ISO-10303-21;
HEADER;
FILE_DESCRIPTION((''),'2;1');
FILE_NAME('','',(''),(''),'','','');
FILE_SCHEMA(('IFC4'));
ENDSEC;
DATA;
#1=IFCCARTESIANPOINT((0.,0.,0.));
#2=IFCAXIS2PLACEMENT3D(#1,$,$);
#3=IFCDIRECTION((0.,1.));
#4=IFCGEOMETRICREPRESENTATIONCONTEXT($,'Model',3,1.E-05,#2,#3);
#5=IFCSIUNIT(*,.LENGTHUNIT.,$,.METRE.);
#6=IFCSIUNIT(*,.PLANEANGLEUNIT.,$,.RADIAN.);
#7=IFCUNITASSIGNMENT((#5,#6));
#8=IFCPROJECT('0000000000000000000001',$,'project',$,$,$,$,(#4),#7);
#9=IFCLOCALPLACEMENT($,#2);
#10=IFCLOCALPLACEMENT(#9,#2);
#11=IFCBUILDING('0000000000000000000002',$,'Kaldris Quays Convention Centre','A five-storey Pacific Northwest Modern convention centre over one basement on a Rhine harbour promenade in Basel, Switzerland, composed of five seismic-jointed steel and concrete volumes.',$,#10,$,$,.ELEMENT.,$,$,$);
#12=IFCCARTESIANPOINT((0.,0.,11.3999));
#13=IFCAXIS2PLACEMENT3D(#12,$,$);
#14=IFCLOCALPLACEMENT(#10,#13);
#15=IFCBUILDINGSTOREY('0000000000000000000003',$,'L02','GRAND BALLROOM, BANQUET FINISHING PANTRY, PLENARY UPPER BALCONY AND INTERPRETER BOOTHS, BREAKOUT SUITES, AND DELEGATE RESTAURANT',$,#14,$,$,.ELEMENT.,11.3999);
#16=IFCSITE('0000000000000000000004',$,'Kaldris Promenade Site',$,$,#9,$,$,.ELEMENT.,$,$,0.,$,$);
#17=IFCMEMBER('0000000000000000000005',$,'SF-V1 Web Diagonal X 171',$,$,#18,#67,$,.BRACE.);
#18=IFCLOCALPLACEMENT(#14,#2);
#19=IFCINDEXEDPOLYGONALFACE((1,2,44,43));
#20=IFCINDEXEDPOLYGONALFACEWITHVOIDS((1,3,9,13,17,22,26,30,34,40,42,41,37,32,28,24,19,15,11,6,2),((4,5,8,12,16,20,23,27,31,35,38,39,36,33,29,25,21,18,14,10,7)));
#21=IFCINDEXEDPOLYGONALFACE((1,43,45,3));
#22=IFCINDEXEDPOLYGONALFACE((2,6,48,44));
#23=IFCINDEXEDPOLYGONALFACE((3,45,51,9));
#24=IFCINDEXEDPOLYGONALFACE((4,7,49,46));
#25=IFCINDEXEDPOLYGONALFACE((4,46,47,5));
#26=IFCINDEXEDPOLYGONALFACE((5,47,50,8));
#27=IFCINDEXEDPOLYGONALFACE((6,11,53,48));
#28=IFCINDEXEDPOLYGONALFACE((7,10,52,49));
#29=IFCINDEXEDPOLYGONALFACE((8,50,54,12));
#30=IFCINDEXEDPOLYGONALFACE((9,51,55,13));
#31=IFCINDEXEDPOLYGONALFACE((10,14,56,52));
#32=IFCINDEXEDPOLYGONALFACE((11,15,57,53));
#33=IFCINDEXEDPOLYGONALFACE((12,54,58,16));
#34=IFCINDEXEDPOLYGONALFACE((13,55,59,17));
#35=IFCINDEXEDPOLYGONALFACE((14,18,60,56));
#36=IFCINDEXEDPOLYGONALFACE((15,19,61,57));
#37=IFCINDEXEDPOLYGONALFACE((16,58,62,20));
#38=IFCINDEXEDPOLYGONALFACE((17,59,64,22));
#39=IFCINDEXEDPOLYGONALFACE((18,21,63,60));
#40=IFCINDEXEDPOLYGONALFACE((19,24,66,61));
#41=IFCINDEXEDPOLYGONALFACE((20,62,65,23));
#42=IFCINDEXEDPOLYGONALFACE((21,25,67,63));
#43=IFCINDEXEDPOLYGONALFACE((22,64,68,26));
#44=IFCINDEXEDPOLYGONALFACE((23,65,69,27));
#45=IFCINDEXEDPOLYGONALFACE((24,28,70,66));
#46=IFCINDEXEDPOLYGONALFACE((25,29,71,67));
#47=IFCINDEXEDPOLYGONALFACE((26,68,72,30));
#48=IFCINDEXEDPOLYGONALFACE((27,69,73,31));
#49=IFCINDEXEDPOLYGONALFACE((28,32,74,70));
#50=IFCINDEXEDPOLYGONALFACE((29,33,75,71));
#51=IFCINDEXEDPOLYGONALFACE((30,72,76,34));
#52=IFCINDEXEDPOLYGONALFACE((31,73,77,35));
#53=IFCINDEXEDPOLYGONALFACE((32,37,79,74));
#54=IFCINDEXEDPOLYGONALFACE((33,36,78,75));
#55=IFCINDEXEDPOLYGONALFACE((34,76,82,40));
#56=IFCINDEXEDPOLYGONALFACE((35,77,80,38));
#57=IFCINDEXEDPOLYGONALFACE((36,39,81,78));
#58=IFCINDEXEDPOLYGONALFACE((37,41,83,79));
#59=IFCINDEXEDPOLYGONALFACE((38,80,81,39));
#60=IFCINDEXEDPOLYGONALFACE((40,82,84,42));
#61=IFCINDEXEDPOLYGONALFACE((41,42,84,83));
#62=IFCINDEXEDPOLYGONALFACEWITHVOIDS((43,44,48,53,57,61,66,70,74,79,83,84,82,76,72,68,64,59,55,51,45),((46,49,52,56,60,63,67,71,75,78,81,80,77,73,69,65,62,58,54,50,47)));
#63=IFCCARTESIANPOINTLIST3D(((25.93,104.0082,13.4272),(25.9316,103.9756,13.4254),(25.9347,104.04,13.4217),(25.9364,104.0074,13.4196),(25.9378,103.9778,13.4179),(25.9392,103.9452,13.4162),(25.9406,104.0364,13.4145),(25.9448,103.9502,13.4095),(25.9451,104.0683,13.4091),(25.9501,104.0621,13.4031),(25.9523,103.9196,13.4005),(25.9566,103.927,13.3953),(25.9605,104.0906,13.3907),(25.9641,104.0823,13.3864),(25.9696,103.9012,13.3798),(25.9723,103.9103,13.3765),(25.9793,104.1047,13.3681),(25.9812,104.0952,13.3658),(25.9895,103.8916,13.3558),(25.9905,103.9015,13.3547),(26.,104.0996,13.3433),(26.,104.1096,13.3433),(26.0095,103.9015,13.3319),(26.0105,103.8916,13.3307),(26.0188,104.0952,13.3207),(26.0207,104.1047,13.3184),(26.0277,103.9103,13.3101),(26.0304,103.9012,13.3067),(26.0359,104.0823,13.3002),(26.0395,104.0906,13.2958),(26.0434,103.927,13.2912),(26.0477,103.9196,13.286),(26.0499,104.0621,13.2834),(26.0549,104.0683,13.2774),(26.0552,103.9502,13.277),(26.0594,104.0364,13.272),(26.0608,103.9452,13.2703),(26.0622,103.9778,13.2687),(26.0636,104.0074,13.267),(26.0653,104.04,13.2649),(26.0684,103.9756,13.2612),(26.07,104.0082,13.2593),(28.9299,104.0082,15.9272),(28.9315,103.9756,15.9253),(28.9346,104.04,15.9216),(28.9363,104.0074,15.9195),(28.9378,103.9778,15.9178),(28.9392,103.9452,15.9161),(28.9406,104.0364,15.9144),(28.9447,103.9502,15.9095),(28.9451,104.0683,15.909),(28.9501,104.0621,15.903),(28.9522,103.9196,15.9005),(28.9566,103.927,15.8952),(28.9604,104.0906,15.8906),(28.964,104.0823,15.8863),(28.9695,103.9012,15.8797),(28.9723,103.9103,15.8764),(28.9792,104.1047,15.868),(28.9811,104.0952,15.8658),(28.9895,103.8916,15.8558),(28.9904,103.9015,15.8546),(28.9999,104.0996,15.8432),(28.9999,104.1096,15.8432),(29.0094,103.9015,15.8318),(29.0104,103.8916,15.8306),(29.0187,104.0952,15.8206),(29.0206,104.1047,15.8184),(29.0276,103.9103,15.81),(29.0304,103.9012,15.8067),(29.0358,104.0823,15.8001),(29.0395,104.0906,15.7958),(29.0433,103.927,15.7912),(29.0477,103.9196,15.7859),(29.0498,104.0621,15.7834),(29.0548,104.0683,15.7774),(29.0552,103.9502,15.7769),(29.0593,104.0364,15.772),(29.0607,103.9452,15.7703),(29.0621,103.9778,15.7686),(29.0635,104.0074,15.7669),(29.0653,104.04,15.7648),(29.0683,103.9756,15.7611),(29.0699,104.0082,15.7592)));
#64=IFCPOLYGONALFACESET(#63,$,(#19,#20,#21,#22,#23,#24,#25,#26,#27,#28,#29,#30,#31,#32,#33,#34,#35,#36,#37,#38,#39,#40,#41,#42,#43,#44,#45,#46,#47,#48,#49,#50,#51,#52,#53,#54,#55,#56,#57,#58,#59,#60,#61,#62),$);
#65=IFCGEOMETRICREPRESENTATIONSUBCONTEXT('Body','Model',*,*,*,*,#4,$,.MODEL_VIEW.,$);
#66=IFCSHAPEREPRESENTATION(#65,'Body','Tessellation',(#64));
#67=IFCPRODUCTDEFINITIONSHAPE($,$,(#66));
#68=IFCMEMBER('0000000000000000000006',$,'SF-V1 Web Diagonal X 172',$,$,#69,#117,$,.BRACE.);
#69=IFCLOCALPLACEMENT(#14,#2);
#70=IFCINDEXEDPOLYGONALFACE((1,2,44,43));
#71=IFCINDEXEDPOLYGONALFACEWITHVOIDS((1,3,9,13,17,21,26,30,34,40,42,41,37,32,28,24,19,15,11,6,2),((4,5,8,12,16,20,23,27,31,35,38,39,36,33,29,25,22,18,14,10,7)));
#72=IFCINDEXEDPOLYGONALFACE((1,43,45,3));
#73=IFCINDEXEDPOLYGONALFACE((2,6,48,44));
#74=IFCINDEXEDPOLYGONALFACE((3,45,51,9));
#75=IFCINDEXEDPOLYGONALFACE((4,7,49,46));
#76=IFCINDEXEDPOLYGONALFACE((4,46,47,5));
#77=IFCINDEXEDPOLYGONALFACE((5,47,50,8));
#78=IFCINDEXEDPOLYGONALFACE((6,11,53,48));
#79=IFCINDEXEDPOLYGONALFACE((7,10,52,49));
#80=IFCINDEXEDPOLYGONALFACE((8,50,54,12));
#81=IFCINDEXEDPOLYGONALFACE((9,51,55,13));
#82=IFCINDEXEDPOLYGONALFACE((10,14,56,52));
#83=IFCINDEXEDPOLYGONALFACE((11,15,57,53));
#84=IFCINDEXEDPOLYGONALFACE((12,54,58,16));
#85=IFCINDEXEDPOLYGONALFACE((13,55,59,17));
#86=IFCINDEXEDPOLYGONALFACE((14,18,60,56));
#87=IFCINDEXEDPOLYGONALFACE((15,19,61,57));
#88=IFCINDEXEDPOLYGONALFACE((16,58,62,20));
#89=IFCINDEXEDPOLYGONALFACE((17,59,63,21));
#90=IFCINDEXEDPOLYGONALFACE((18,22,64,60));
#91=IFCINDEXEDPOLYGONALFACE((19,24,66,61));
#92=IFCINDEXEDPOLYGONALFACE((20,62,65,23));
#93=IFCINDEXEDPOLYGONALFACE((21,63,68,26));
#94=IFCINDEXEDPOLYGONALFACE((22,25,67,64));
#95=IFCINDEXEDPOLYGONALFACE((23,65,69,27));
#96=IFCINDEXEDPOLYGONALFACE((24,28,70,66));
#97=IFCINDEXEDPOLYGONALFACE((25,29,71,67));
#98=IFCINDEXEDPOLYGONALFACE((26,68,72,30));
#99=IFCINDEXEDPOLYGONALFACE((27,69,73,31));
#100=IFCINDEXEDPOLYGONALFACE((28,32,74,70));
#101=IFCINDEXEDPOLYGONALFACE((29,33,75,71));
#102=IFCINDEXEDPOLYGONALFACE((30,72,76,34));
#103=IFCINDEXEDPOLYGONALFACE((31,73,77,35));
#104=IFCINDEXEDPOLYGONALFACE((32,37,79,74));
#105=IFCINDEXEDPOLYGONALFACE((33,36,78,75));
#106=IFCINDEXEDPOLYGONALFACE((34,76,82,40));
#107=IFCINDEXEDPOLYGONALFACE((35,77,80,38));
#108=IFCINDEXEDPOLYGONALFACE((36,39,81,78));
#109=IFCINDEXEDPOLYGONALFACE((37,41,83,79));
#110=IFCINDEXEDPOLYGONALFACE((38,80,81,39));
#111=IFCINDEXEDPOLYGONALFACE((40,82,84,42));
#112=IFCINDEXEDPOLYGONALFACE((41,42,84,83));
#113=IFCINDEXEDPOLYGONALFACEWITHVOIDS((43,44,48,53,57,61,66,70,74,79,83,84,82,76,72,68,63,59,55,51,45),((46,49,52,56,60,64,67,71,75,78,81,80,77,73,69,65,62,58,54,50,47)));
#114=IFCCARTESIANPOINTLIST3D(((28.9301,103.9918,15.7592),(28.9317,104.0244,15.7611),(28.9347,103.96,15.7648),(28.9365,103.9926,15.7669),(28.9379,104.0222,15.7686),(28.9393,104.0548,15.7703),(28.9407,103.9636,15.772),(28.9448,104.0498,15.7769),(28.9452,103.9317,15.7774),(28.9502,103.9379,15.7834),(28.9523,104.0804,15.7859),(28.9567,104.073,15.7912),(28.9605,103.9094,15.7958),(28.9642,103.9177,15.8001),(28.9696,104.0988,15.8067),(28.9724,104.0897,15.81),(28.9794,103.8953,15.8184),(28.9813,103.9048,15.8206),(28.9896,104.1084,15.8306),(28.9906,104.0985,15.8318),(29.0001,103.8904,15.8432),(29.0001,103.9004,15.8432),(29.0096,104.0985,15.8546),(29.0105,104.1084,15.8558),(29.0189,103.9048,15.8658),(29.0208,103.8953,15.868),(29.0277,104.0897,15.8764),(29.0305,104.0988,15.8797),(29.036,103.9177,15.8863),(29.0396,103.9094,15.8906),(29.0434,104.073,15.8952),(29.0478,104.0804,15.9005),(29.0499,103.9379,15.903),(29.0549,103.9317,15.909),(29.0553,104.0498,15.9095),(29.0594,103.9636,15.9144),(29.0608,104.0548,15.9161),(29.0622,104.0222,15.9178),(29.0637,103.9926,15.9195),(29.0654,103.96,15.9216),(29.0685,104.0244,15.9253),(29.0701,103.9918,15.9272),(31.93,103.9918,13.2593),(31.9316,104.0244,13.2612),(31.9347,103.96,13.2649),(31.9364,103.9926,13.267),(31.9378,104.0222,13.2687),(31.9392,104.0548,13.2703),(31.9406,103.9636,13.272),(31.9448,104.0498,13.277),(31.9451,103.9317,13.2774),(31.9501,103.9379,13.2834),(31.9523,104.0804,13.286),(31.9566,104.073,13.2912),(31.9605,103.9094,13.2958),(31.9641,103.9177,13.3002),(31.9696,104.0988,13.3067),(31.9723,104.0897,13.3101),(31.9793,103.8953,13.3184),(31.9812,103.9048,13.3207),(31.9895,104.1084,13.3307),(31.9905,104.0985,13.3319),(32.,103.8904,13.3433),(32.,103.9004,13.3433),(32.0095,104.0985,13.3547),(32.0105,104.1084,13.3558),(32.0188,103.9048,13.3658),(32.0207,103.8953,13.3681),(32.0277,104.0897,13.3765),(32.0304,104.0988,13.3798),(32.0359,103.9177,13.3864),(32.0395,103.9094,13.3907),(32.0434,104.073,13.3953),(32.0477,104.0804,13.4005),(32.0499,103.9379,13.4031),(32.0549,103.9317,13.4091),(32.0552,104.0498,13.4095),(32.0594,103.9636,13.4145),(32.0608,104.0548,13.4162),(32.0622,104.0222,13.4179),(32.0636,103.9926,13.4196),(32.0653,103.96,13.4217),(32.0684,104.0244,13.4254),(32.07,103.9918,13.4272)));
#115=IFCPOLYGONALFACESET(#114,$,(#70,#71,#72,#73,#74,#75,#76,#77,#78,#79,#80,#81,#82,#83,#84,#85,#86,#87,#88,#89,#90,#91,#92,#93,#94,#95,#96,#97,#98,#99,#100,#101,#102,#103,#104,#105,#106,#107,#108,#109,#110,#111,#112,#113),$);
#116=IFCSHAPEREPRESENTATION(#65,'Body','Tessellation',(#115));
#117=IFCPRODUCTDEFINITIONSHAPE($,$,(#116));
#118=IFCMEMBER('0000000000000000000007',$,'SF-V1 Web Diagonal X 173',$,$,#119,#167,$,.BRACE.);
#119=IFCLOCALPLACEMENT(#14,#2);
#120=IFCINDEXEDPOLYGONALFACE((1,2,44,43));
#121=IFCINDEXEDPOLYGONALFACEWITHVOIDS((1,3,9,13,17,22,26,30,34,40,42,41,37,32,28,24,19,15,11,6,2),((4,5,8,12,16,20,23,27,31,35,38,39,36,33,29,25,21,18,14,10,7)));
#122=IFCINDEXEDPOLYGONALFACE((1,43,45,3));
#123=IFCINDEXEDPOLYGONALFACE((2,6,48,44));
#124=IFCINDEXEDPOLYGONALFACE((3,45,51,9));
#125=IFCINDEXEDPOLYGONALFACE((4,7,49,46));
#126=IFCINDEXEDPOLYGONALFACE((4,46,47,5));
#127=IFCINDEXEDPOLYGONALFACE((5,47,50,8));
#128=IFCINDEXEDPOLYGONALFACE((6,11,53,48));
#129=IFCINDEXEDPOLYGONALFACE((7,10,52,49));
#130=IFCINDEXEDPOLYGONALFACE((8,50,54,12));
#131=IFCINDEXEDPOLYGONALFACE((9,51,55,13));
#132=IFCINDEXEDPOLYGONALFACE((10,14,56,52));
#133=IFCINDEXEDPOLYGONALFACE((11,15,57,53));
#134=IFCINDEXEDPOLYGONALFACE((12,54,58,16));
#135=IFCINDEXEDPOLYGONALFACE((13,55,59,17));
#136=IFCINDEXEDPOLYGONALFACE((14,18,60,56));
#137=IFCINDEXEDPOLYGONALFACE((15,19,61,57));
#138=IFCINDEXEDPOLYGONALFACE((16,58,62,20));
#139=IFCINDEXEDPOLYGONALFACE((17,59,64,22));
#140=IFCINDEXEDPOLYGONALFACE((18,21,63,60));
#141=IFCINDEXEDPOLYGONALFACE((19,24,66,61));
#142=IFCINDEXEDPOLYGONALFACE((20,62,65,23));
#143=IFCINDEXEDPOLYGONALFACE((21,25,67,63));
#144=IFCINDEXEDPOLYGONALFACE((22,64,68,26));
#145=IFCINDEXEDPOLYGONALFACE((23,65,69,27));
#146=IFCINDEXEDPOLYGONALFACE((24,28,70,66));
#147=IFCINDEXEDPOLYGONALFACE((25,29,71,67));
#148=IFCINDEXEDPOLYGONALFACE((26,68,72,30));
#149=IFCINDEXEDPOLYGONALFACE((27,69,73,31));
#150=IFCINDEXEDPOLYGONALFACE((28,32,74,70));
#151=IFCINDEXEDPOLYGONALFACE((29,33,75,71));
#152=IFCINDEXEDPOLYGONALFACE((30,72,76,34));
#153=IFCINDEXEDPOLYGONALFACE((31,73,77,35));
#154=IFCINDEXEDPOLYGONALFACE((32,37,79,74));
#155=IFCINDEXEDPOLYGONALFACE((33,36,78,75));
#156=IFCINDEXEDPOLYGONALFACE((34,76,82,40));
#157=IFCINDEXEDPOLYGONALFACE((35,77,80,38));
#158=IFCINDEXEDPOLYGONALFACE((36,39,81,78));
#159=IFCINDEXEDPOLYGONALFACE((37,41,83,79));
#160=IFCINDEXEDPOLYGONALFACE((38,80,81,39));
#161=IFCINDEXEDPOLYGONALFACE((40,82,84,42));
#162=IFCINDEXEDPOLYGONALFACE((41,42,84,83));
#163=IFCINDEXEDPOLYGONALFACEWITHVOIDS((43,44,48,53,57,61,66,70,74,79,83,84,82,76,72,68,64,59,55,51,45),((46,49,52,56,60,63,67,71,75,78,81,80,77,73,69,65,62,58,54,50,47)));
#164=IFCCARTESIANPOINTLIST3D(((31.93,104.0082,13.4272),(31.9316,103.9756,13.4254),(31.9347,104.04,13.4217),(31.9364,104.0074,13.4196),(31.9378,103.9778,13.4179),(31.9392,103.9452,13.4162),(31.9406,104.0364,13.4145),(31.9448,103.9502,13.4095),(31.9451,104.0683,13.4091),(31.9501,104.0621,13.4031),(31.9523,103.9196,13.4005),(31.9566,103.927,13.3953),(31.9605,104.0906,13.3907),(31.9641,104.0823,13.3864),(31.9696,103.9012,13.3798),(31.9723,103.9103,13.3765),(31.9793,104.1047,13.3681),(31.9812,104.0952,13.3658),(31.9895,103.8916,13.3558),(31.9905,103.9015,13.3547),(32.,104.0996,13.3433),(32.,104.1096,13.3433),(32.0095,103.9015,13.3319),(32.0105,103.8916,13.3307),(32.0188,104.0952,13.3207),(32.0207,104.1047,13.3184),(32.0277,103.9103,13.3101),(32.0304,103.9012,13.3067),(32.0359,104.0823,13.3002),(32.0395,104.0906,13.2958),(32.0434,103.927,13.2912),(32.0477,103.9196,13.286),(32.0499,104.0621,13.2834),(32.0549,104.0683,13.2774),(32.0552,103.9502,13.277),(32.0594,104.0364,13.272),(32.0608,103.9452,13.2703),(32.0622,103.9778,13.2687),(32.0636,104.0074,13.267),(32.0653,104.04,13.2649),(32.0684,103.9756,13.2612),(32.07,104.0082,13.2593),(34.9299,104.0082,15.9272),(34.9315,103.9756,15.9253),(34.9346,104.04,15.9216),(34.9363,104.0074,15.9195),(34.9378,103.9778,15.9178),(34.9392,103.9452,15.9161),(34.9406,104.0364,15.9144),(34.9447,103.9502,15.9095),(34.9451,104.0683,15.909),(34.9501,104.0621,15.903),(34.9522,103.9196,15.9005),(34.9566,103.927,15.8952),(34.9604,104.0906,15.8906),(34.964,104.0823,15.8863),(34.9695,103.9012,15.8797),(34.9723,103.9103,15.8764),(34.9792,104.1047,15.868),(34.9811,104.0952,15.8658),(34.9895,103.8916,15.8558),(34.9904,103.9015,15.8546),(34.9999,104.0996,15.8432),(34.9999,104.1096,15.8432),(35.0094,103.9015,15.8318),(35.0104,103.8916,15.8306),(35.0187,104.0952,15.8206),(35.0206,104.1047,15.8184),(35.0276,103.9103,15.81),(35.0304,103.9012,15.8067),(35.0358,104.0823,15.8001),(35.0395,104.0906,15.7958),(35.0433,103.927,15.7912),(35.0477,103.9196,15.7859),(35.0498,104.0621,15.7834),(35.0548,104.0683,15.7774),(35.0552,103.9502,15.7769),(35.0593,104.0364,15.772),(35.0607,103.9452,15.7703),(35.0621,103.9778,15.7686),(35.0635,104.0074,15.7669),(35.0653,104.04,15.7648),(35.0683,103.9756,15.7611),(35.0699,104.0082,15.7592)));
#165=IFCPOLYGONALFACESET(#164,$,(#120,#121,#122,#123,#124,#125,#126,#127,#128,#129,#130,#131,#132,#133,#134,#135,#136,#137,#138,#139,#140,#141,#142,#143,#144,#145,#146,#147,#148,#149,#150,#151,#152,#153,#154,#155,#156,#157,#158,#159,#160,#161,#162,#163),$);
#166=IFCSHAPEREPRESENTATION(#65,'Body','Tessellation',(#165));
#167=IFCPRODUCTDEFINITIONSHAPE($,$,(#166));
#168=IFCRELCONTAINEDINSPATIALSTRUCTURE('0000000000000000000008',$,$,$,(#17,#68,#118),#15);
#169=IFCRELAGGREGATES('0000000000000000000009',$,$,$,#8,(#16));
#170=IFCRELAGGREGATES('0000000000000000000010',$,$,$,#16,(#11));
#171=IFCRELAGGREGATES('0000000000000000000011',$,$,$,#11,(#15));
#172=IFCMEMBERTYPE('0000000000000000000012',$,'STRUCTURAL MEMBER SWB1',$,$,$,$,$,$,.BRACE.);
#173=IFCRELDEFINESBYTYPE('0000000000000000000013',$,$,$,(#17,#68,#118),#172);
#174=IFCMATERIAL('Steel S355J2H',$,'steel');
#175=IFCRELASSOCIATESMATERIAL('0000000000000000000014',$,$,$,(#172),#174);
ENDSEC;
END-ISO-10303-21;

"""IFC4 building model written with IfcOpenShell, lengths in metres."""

from ifc_helpers import new_model, si_unit, direction, frame, origin, origin_2d, place, context, subcontext, project, spatial, hollow_circle, extrude, material, material_profile, profile_set, type_object, element, save


model = new_model("IFC4")

# Units and contexts
model_context = context("Model", 3, precision=1e-05, world=origin(), true_north=direction((0.0, 1.0)))
body_context = subcontext(model_context, "Body", "Model", "MODEL_VIEW")
ifc_project = project(units=[si_unit("LENGTHUNIT", "METRE"), si_unit("PLANEANGLEUNIT", "RADIAN")], contexts=[model_context])

# Site, building, storey
site_placement = place(None, origin())
site = spatial("IfcSite", under=ifc_project, at=site_placement, Name="Kaldris Promenade Site", CompositionType="ELEMENT", RefElevation=0.0)
building_placement = place(site_placement, origin())
building = spatial("IfcBuilding", under=site, at=building_placement, Name="Kaldris Quays Convention Centre", Description="A five-storey Pacific Northwest Modern convention centre over one basement on a Rhine harbour promenade in Basel, Switzerland, composed of five seismic-jointed steel and concrete volumes.", CompositionType="ELEMENT")
storey_placement = place(building_placement, frame((0.0, 0.0, 11.3999)))
storey = spatial("IfcBuildingStorey", under=building, at=storey_placement, Name="L02", Description="GRAND BALLROOM, BANQUET FINISHING PANTRY, PLENARY UPPER BALCONY AND INTERPRETER BOOTHS, BREAKOUT SUITES, AND DELEGATE RESTAURANT", CompositionType="ELEMENT", Elevation=11.3999)

# Members
ifc_material_1 = material(Name="Steel S355J2H", Category="steel")
ifc_material_profile_1 = material_profile(ifc_material_1, hollow_circle(Radius=0.1096, WallThickness=0.01, at=origin_2d()), Name="CHS 219.1x10")
ifc_profile_set_1 = profile_set([ifc_material_profile_1], Name="Steel S355J2H")
member_type_1 = type_object("IfcMemberType", Name="STRUCTURAL MEMBER SWB1", PredefinedType="BRACE", material=ifc_profile_set_1)
for number, where, z_axis, x_axis, name in (
    (1, (26.0, 104.0, 13.3433), (0.768221, 0.0, 0.640184), (0.0, 1.0, 0.0), "SF-V1 Web Diagonal X 171"),
    (2, (32.0, 104.0, 13.3433), (-0.768221, 0.0, 0.640184), (0.0, -1.0, 0.0), "SF-V1 Web Diagonal X 172"),
    (3, (32.0, 104.0, 13.3433), (0.768221, 0.0, 0.640184), (0.0, 1.0, 0.0), "SF-V1 Web Diagonal X 173"),
):
    element("IfcMember", number, at=place(storey_placement, frame(where, z_axis=z_axis, x_axis=x_axis)), inside=storey, type_object=member_type_1, Name=name, PredefinedType="BRACE", context=body_context, shape_type="SweptSolid", body=[
        extrude(hollow_circle(Radius=0.1096, WallThickness=0.01, at=origin_2d()), origin(), (0.0, 0.0, 1.0), 3.905),
    ])

save(model, "model.ifc")
